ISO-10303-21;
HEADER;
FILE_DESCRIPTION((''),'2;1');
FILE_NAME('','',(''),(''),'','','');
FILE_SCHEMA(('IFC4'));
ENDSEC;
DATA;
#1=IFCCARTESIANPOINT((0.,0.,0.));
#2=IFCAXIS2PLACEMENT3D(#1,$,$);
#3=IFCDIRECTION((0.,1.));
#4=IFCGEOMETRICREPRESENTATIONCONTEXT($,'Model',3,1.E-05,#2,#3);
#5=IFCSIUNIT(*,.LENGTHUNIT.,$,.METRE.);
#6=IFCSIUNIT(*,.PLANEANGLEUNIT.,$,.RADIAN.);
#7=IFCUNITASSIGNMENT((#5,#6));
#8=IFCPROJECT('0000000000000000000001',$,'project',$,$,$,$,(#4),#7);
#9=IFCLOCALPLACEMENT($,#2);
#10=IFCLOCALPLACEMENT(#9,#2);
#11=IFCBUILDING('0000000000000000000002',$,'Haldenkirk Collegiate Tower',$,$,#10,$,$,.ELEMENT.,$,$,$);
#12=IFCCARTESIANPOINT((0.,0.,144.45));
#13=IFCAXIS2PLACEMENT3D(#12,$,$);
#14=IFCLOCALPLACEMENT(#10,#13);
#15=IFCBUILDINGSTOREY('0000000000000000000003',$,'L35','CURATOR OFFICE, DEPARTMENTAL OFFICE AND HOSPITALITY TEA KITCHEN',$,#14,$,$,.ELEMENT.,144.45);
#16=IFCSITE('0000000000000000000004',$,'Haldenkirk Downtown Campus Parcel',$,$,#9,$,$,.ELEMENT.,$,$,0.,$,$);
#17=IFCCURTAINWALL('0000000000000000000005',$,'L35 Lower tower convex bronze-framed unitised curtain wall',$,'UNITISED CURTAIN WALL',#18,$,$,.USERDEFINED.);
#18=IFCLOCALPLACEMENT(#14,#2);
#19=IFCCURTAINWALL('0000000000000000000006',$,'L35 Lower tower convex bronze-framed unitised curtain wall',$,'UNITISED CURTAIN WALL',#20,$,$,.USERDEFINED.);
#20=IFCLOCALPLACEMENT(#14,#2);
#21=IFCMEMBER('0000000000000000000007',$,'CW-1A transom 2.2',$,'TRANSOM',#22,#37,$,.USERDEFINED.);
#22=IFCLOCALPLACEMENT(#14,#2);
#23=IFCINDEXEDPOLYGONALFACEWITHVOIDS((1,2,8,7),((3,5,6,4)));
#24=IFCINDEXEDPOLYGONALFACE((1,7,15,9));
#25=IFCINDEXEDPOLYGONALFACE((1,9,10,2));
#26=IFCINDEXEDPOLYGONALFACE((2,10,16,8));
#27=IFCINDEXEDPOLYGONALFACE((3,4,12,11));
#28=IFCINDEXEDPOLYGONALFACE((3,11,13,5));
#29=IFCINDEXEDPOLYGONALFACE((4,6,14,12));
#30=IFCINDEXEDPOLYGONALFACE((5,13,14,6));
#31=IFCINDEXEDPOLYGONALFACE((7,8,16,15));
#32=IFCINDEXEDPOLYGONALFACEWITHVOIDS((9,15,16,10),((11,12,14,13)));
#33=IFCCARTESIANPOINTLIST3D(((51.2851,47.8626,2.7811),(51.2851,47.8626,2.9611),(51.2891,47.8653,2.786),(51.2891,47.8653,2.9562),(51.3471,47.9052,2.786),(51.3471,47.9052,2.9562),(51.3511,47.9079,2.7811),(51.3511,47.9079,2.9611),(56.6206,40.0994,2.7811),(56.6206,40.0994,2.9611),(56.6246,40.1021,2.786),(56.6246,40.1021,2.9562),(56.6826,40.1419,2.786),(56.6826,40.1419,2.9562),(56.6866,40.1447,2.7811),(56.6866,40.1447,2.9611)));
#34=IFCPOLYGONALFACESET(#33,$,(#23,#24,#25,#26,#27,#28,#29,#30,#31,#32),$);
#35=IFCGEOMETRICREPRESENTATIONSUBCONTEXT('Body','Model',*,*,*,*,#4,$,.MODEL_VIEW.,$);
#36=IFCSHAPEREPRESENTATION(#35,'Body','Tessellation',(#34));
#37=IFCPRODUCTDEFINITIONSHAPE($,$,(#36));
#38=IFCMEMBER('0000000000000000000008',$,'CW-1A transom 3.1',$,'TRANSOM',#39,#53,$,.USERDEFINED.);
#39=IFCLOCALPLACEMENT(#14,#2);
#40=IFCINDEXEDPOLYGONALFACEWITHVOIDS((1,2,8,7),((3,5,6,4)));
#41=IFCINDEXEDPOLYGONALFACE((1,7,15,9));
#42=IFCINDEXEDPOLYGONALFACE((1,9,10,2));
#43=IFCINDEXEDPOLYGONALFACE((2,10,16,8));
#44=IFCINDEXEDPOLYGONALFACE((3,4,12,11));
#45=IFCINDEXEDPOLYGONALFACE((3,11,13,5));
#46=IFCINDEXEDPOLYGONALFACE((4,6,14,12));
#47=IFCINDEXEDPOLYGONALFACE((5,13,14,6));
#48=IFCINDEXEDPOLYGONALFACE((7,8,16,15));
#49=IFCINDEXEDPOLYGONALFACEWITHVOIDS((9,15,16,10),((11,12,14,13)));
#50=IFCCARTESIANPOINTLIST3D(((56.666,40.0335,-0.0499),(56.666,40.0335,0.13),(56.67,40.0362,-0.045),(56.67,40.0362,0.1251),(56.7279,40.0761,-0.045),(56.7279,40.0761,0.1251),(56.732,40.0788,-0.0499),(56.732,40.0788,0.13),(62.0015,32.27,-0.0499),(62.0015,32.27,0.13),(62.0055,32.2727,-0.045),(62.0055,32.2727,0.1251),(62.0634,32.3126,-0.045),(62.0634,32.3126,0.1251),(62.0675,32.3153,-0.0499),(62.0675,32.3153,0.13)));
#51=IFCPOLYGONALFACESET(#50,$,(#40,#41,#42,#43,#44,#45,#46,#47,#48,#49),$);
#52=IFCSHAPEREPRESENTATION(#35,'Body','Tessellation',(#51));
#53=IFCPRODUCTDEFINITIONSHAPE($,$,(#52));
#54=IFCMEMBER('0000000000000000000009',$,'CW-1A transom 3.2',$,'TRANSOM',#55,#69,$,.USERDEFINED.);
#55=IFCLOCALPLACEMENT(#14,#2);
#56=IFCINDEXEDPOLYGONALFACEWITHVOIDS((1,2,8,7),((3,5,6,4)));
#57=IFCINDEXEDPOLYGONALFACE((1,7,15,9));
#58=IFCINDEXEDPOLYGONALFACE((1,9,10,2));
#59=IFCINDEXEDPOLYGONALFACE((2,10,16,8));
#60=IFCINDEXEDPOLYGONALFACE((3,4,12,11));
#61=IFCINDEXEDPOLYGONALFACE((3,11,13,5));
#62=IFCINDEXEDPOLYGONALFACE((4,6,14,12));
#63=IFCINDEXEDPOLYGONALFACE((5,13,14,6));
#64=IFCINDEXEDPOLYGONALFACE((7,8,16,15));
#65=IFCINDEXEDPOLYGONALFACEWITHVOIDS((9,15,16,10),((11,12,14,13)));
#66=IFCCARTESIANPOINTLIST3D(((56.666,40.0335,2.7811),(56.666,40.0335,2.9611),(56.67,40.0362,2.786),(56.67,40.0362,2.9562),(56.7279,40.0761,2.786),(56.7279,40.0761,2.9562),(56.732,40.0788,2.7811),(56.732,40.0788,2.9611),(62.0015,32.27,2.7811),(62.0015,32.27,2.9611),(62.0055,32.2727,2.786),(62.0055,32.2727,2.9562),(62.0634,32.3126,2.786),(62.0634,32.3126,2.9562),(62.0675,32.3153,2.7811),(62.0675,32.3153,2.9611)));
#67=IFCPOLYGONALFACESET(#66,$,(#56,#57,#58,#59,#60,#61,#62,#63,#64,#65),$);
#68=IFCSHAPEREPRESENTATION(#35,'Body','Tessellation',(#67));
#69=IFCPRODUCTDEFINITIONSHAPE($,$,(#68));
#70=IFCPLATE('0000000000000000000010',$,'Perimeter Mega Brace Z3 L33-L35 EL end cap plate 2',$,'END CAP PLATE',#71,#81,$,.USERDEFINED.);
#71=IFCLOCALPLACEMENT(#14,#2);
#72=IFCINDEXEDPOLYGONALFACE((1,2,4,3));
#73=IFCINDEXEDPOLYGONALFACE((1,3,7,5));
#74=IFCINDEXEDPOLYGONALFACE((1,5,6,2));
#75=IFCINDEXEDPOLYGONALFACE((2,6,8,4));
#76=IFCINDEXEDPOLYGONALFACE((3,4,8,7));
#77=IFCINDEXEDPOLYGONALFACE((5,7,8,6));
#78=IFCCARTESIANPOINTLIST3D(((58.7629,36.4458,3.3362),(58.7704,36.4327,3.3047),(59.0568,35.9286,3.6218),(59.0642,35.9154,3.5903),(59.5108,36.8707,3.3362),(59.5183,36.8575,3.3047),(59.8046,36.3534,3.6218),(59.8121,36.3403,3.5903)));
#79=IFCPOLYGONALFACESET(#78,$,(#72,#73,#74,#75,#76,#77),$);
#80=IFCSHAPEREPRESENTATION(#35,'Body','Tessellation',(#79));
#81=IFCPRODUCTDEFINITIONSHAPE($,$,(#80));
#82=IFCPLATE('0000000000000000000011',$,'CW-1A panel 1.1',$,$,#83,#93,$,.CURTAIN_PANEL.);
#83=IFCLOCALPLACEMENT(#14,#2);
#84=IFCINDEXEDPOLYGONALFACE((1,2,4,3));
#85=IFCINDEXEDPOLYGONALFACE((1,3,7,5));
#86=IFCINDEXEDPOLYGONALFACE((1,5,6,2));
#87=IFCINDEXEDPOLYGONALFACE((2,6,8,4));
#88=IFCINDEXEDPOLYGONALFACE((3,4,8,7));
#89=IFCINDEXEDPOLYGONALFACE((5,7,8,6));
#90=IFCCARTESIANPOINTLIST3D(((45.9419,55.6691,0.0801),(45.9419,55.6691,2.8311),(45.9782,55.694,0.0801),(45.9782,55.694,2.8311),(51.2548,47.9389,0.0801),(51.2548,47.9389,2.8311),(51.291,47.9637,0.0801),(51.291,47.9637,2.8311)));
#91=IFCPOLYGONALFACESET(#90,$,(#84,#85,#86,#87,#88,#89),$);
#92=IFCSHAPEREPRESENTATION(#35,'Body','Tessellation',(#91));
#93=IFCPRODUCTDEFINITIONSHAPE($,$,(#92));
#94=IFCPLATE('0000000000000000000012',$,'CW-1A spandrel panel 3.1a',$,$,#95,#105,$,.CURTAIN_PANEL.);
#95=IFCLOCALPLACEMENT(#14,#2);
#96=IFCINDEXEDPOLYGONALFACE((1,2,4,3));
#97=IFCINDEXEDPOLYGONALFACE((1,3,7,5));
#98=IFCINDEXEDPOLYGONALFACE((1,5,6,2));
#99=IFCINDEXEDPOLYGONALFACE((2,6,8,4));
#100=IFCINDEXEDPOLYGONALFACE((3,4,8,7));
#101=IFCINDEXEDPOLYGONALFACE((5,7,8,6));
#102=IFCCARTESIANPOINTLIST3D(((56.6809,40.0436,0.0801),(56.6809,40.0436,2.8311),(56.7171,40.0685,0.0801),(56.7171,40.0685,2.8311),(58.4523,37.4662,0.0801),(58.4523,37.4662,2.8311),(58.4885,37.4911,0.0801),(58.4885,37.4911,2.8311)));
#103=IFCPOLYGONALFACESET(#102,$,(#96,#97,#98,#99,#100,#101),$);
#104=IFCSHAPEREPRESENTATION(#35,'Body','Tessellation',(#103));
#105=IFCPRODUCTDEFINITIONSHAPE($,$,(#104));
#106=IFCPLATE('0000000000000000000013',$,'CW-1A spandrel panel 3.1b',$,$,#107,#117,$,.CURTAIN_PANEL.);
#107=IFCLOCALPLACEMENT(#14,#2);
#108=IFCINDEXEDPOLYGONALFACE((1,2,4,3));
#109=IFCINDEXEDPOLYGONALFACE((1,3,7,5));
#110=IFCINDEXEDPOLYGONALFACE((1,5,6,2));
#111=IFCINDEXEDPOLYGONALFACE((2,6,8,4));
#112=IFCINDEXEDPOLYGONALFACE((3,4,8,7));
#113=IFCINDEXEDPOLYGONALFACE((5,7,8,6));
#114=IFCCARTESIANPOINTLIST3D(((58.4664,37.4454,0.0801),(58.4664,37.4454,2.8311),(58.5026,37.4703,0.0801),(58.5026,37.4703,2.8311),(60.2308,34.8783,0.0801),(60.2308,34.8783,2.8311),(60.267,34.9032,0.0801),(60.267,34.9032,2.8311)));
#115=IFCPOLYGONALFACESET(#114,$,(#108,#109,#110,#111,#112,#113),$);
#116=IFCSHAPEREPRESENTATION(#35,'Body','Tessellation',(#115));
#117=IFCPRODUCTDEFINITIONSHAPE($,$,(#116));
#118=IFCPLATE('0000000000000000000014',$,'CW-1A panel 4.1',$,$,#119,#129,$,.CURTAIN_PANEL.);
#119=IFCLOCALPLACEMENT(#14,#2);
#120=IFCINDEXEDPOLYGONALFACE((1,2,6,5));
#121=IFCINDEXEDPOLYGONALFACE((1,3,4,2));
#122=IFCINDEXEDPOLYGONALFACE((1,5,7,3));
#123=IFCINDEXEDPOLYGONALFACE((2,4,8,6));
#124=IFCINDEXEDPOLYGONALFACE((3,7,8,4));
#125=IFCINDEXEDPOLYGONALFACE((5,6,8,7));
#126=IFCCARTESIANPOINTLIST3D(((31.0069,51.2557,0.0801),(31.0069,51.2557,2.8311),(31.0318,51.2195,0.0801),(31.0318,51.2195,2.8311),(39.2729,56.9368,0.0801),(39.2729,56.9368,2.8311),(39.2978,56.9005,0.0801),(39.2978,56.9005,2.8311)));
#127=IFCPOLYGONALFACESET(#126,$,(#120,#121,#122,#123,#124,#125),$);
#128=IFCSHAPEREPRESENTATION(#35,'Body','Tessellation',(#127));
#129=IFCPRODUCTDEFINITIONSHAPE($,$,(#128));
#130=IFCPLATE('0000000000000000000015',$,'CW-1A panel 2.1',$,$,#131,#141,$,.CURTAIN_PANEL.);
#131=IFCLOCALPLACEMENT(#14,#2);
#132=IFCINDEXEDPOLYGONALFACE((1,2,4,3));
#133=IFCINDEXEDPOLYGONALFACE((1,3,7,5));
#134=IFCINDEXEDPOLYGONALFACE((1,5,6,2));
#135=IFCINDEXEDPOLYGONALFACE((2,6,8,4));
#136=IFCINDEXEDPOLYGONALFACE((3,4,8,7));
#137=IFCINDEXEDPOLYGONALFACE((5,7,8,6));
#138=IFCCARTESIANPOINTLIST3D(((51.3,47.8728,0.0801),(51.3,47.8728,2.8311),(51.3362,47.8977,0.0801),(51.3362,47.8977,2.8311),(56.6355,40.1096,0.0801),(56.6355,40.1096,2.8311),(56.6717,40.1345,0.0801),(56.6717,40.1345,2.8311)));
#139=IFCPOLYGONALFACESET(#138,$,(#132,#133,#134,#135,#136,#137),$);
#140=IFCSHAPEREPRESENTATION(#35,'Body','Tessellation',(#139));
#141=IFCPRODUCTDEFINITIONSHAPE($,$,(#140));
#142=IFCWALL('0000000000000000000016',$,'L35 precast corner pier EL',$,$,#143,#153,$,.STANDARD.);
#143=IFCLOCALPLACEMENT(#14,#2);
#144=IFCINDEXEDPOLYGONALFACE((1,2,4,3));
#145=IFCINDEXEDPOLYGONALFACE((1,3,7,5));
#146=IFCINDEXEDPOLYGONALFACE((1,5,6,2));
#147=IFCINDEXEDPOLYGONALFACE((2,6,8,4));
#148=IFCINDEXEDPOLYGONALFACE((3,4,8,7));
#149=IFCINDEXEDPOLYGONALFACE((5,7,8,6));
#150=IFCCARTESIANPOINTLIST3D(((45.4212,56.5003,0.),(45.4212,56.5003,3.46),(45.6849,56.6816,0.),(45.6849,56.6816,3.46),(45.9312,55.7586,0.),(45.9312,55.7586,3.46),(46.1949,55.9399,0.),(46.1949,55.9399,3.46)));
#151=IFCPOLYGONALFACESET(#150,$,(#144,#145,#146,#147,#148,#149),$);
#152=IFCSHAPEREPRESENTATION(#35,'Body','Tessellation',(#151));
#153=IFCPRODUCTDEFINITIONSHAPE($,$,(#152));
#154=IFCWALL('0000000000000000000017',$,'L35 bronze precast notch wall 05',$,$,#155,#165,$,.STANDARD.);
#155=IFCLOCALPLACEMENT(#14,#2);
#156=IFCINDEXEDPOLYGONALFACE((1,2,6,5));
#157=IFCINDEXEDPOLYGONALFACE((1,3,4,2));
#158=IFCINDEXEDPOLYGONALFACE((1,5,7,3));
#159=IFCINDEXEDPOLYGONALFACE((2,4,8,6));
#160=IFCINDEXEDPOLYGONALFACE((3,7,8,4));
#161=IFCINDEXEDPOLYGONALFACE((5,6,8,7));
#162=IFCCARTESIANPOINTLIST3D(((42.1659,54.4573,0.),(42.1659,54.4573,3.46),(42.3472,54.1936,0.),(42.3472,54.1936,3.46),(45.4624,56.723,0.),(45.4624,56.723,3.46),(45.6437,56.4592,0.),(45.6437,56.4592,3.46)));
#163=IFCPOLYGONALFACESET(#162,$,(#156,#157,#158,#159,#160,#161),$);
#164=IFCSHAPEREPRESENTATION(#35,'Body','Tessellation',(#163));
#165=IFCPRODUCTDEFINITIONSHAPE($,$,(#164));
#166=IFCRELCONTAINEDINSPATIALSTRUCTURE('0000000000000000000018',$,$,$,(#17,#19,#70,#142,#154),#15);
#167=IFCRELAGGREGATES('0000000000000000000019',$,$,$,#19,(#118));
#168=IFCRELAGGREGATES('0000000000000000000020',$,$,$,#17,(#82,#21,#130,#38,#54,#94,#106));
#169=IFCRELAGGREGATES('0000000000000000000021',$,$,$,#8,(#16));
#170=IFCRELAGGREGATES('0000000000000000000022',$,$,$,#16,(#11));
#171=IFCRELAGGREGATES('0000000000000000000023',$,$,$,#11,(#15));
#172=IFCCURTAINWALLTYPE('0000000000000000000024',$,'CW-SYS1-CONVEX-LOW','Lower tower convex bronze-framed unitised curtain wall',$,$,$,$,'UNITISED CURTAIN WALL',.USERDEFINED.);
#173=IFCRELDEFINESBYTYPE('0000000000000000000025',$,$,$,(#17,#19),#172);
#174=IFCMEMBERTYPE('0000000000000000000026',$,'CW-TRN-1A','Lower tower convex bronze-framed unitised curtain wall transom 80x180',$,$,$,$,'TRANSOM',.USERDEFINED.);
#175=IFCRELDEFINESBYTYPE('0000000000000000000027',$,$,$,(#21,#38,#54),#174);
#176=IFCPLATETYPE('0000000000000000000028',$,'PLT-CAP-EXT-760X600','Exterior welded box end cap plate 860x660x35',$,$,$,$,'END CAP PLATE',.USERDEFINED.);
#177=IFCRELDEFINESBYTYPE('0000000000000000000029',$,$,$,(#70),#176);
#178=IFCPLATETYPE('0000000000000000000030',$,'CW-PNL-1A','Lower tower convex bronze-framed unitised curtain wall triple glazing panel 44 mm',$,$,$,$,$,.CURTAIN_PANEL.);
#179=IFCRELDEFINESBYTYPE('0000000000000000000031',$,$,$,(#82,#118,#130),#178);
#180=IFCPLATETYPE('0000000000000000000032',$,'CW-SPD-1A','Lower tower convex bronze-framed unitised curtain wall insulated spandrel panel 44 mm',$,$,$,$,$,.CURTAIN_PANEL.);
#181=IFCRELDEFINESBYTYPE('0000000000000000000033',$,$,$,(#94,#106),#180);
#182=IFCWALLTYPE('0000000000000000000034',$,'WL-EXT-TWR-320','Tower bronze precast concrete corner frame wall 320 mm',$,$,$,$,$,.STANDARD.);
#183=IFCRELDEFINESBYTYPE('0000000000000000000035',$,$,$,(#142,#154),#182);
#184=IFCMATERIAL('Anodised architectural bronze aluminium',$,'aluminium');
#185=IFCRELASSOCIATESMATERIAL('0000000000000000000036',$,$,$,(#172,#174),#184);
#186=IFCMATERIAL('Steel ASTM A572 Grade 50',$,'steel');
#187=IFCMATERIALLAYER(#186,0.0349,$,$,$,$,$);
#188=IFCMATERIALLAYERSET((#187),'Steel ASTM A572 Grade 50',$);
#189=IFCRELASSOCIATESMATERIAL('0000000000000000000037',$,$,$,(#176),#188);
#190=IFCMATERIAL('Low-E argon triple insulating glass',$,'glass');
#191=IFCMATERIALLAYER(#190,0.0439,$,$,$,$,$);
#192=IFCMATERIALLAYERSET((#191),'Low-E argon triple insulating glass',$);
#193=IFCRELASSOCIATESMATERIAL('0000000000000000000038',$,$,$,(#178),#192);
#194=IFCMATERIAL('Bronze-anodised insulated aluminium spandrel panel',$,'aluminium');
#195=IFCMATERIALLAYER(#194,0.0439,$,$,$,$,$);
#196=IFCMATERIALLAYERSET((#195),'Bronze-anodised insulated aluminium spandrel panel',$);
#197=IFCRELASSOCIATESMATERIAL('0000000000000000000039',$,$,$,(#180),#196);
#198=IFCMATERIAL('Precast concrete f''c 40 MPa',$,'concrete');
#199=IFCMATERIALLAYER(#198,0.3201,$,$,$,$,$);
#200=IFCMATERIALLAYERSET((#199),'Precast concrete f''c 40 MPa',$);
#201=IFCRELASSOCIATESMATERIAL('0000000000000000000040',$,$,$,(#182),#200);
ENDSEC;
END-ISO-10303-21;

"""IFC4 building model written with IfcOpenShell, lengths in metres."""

from ifc_helpers import new_model, si_unit, direction, frame, frame_2d, origin, origin_2d, place, context, subcontext, project, spatial, rectangle, hollow_rectangle, extrude, source, transform, mapped, material, layer, layer_set, material_profile, profile_set, type_object, element, aggregate, save


model = new_model("IFC4")

# Units and contexts
model_context = context("Model", 3, precision=1e-05, world=origin(), true_north=direction((0.0, 1.0)))
body_context = subcontext(model_context, "Body", "Model", "MODEL_VIEW")
ifc_project = project(units=[si_unit("LENGTHUNIT", "METRE"), si_unit("PLANEANGLEUNIT", "RADIAN")], contexts=[model_context])

# Site, building, storey
site_placement = place(None, origin())
site = spatial("IfcSite", under=ifc_project, at=site_placement, Name="Haldenkirk Downtown Campus Parcel", CompositionType="ELEMENT", RefElevation=0.0)
building_placement = place(site_placement, origin())
building = spatial("IfcBuilding", under=site, at=building_placement, Name="Haldenkirk Collegiate Tower", CompositionType="ELEMENT")
storey_placement = place(building_placement, frame((0.0, 0.0, 144.45)))
storey = spatial("IfcBuildingStorey", under=building, at=storey_placement, Name="L35", Description="CURATOR OFFICE, DEPARTMENTAL OFFICE AND HOSPITALITY TEA KITCHEN", CompositionType="ELEMENT", Elevation=144.45)

# Shared definitions
ifc_material_1 = material(Name="Steel ASTM A572 Grade 50", Category="steel")

# Curtain wall
ifc_material_2 = material(Name="Anodised architectural bronze aluminium", Category="aluminium")
curtain_wall_type = type_object("IfcCurtainWallType", Name="CW-SYS1-CONVEX-LOW", Description="Lower tower convex bronze-framed unitised curtain wall", ElementType="UNITISED CURTAIN WALL", PredefinedType="USERDEFINED", material=ifc_material_2)
curtain_wall_1_placement = place(storey_placement, origin())
curtain_wall_1 = element("IfcCurtainWall", 1, at=curtain_wall_1_placement, inside=storey, type_object=curtain_wall_type, Name="L35 Lower tower convex bronze-framed unitised curtain wall", ObjectType="UNITISED CURTAIN WALL", PredefinedType="USERDEFINED")

# Curtain wall
curtain_wall_2_placement = place(storey_placement, origin())
curtain_wall_2 = element("IfcCurtainWall", 2, at=curtain_wall_2_placement, inside=storey, type_object=curtain_wall_type, Name="L35 Lower tower convex bronze-framed unitised curtain wall", ObjectType="UNITISED CURTAIN WALL", PredefinedType="USERDEFINED")

# Members
ifc_material_profile_1 = material_profile(ifc_material_2, hollow_rectangle(XDim=0.0801, YDim=0.1799, WallThickness=0.0049, at=origin_2d()), Name="CW-TRN-1A")
ifc_profile_set_1 = profile_set([ifc_material_profile_1], Name="Anodised architectural bronze aluminium")
member_type_1 = type_object("IfcMemberType", Name="CW-TRN-1A", Description="Lower tower convex bronze-framed unitised curtain wall transom 80x180", ElementType="TRANSOM", PredefinedType="USERDEFINED", material=ifc_profile_set_1)
member_1_placement = place(storey_placement, frame((51.3181, 47.8853, 2.8711), z_axis=(0.566403, -0.824128, 0.0), x_axis=(0.824128, 0.566403, 0.0)))
member_1 = element("IfcMember", 3, at=member_1_placement, type_object=member_type_1, Name="CW-1A transom 2.2", ObjectType="TRANSOM", PredefinedType="USERDEFINED", context=body_context, shape_type="SweptSolid", body=[
    extrude(hollow_rectangle(XDim=0.0801, YDim=0.1799, WallThickness=0.0049, at=origin_2d()), origin(), (0.0, 0.0, 1.0), 9.4199),
])
member_2_placement = place(storey_placement, frame((56.699, 40.0562, 0.04), z_axis=(0.566391, -0.824136, 0.0), x_axis=(0.824136, 0.566391, 0.0)))
member_2 = element("IfcMember", 4, at=member_2_placement, type_object=member_type_1, Name="CW-1A transom 3.1", ObjectType="TRANSOM", PredefinedType="USERDEFINED", context=body_context, shape_type="SweptSolid", body=[
    extrude(hollow_rectangle(XDim=0.0801, YDim=0.1799, WallThickness=0.0049, at=origin_2d()), origin(), (0.0, 0.0, 1.0), 9.4202),
])
member_3_placement = place(storey_placement, frame((56.699, 40.0562, 2.8711), z_axis=(0.566391, -0.824136, 0.0), x_axis=(0.824136, 0.566391, 0.0)))
member_3 = element("IfcMember", 5, at=member_3_placement, type_object=member_type_1, Name="CW-1A transom 3.2", ObjectType="TRANSOM", PredefinedType="USERDEFINED", context=body_context, shape_type="SweptSolid", body=[
    extrude(hollow_rectangle(XDim=0.0801, YDim=0.1799, WallThickness=0.0049, at=origin_2d()), origin(), (0.0, 0.0, 1.0), 9.4202),
])

# Plates
ifc_layer_1 = layer(ifc_material_1, 0.0349)
ifc_layer_set_1 = layer_set([ifc_layer_1], Name="Steel ASTM A572 Grade 50")
plate_type_1 = type_object("IfcPlateType", Name="PLT-CAP-EXT-760X600", Description="Exterior welded box end cap plate 860x660x35", ElementType="END CAP PLATE", PredefinedType="USERDEFINED", material=ifc_layer_set_1)
shared_shape_1 = source(origin(), body_context, "Body", "SweptSolid", [
    extrude(rectangle(XDim=0.8601, YDim=0.6599, at=origin_2d()), origin(), (0.0, 0.0, 1.0), 0.0349),
])
plate_1_placement = place(storey_placement, frame((59.2913, 36.3865, 3.4475), z_axis=(-0.213793, 0.376348, 0.901474), x_axis=(-0.869498, -0.493937, 0.0)))
element("IfcPlate", 6, at=plate_1_placement, inside=storey, type_object=plate_type_1, Name="Perimeter Mega Brace Z3 L33-L35 EL end cap plate 2", ObjectType="END CAP PLATE", PredefinedType="USERDEFINED", context=body_context, shape_type="MappedRepresentation", body=[
    mapped(shared_shape_1, transform((0.0, 0.0, 0.0), x_axis=(1.0, 0.0, 0.0), y_axis=(0.0, 1.0, 0.0), z_axis=(0.0, 0.0, 1.0), scale=1.0)),
])
ifc_material_3 = material(Name="Low-E argon triple insulating glass", Category="glass")
ifc_layer_2 = layer(ifc_material_3, 0.0439)
ifc_layer_set_2 = layer_set([ifc_layer_2], Name="Low-E argon triple insulating glass")
plate_type_2 = type_object("IfcPlateType", Name="CW-PNL-1A", Description="Lower tower convex bronze-framed unitised curtain wall triple glazing panel 44 mm", PredefinedType="CURTAIN_PANEL", material=ifc_layer_set_2)
shared_shape_2 = source(origin(), body_context, "Body", "SweptSolid", [
    extrude(rectangle(XDim=9.3799, YDim=0.0439, at=origin_2d()), origin(), (0.0, 0.0, 1.0), 2.751),
])
plate_2_placement = place(storey_placement, frame((48.6165, 51.8164, 0.0801), z_axis=(0.0, 0.0, 1.0), x_axis=(0.566406, -0.824127, 0.0)))
plate_2 = element("IfcPlate", 7, at=plate_2_placement, type_object=plate_type_2, Name="CW-1A panel 1.1", PredefinedType="CURTAIN_PANEL", context=body_context, shape_type="MappedRepresentation", body=[
    mapped(shared_shape_2, transform((0.0, 0.0, 0.0), x_axis=(1.0, 0.0, 0.0), y_axis=(0.0, 1.0, 0.0), z_axis=(0.0, 0.0, 1.0), scale=1.0)),
])
ifc_material_4 = material(Name="Bronze-anodised insulated aluminium spandrel panel", Category="aluminium")
ifc_layer_3 = layer(ifc_material_4, 0.0439)
ifc_layer_set_3 = layer_set([ifc_layer_3], Name="Bronze-anodised insulated aluminium spandrel panel")
plate_type_3 = type_object("IfcPlateType", Name="CW-SPD-1A", Description="Lower tower convex bronze-framed unitised curtain wall insulated spandrel panel 44 mm", PredefinedType="CURTAIN_PANEL", material=ifc_layer_set_3)
shared_shape_3 = source(origin(), body_context, "Body", "SweptSolid", [
    extrude(rectangle(XDim=3.1274, YDim=0.0439, at=origin_2d()), origin(), (0.0, 0.0, 1.0), 2.751),
])
plate_3_placement = place(storey_placement, frame((57.5847, 38.7673, 0.0801), z_axis=(0.0, 0.0, 1.0), x_axis=(0.566406, -0.824127, 0.0)))
plate_3 = element("IfcPlate", 8, at=plate_3_placement, type_object=plate_type_3, Name="CW-1A spandrel panel 3.1a", PredefinedType="CURTAIN_PANEL", context=body_context, shape_type="MappedRepresentation", body=[
    mapped(shared_shape_3, transform((0.0, 0.0, 0.0), x_axis=(1.0, 0.0, 0.0), y_axis=(0.0, 1.0, 0.0), z_axis=(0.0, 0.0, 1.0), scale=1.0)),
])
shared_shape_4 = source(origin(), body_context, "Body", "SweptSolid", [
    extrude(rectangle(XDim=3.115, YDim=0.0439, at=origin_2d()), origin(), (0.0, 0.0, 1.0), 2.751),
])
plate_4_placement = place(storey_placement, frame((59.3667, 36.1743, 0.0801), z_axis=(0.0, 0.0, 1.0), x_axis=(0.566406, -0.824127, 0.0)))
plate_4 = element("IfcPlate", 9, at=plate_4_placement, type_object=plate_type_3, Name="CW-1A spandrel panel 3.1b", PredefinedType="CURTAIN_PANEL", context=body_context, shape_type="MappedRepresentation", body=[
    mapped(shared_shape_4, transform((0.0, 0.0, 0.0), x_axis=(1.0, 0.0, 0.0), y_axis=(0.0, 1.0, 0.0), z_axis=(0.0, 0.0, 1.0), scale=1.0)),
])
shared_shape_5 = source(origin(), body_context, "Body", "SweptSolid", [
    extrude(rectangle(XDim=10.03, YDim=0.0439, at=origin_2d()), origin(), (0.0, 0.0, 1.0), 2.751),
])
plate_5_placement = place(storey_placement, frame((35.1523, 54.0781, 0.0801), z_axis=(0.0, 0.0, 1.0), x_axis=(0.824127, 0.566405, 0.0)))
plate_5 = element("IfcPlate", 10, at=plate_5_placement, type_object=plate_type_2, Name="CW-1A panel 4.1", PredefinedType="CURTAIN_PANEL", context=body_context, shape_type="MappedRepresentation", body=[
    mapped(shared_shape_5, transform((0.0, 0.0, 0.0), x_axis=(1.0, 0.0, 0.0), y_axis=(0.0, 1.0, 0.0), z_axis=(0.0, 0.0, 1.0), scale=1.0)),
])
aggregate(curtain_wall_2, [plate_5])
shared_shape_6 = source(origin(), body_context, "Body", "SweptSolid", [
    extrude(rectangle(XDim=9.4199, YDim=0.0439, at=origin_2d()), origin(), (0.0, 0.0, 1.0), 2.751),
])
plate_6_placement = place(storey_placement, frame((53.9858, 44.0037, 0.0801), z_axis=(0.0, 0.0, 1.0), x_axis=(0.566406, -0.824127, 0.0)))
plate_6 = element("IfcPlate", 11, at=plate_6_placement, type_object=plate_type_2, Name="CW-1A panel 2.1", PredefinedType="CURTAIN_PANEL", context=body_context, shape_type="MappedRepresentation", body=[
    mapped(shared_shape_6, transform((0.0, 0.0, 0.0), x_axis=(1.0, 0.0, 0.0), y_axis=(0.0, 1.0, 0.0), z_axis=(0.0, 0.0, 1.0), scale=1.0)),
])
aggregate(curtain_wall_1, [plate_2, member_1, plate_6, member_2, member_3, plate_3, plate_4])

# Walls
ifc_material_5 = material(Name="Precast concrete f'c 40 MPa", Category="concrete")
ifc_layer_4 = layer(ifc_material_5, 0.3201)
ifc_layer_set_4 = layer_set([ifc_layer_4], Name="Precast concrete f'c 40 MPa")
wall_type_1 = type_object("IfcWallType", Name="WL-EXT-TWR-320", Description="Tower bronze precast concrete corner frame wall 320 mm", PredefinedType="STANDARD", material=ifc_layer_set_4)
wall_1_placement = place(storey_placement, frame((45.553, 56.5911, 0.0), z_axis=(0.0, 0.0, 1.0), x_axis=(0.566598, -0.823994, 0.0)))
element("IfcWall", 12, at=wall_1_placement, inside=storey, type_object=wall_type_1, Name="L35 precast corner pier EL", PredefinedType="STANDARD", context=body_context, shape_type="SweptSolid", body=[
    extrude(rectangle(XDim=0.9001, YDim=0.3201, at=frame_2d((0.4502, 0.0))), origin(), (0.0, 0.0, 1.0), 3.46),
])
wall_2_placement = place(storey_placement, frame((42.2566, 54.3254, 0.0), z_axis=(0.0, 0.0, 1.0), x_axis=(0.824117, 0.56642, 0.0)))
element("IfcWall", 13, at=wall_2_placement, inside=storey, type_object=wall_type_1, Name="L35 bronze precast notch wall 05", PredefinedType="STANDARD", context=body_context, shape_type="SweptSolid", body=[
    extrude(rectangle(XDim=4.0, YDim=0.3201, at=frame_2d((2.0, 0.0))), origin(), (0.0, 0.0, 1.0), 3.46),
])

save(model, "model.ifc")
